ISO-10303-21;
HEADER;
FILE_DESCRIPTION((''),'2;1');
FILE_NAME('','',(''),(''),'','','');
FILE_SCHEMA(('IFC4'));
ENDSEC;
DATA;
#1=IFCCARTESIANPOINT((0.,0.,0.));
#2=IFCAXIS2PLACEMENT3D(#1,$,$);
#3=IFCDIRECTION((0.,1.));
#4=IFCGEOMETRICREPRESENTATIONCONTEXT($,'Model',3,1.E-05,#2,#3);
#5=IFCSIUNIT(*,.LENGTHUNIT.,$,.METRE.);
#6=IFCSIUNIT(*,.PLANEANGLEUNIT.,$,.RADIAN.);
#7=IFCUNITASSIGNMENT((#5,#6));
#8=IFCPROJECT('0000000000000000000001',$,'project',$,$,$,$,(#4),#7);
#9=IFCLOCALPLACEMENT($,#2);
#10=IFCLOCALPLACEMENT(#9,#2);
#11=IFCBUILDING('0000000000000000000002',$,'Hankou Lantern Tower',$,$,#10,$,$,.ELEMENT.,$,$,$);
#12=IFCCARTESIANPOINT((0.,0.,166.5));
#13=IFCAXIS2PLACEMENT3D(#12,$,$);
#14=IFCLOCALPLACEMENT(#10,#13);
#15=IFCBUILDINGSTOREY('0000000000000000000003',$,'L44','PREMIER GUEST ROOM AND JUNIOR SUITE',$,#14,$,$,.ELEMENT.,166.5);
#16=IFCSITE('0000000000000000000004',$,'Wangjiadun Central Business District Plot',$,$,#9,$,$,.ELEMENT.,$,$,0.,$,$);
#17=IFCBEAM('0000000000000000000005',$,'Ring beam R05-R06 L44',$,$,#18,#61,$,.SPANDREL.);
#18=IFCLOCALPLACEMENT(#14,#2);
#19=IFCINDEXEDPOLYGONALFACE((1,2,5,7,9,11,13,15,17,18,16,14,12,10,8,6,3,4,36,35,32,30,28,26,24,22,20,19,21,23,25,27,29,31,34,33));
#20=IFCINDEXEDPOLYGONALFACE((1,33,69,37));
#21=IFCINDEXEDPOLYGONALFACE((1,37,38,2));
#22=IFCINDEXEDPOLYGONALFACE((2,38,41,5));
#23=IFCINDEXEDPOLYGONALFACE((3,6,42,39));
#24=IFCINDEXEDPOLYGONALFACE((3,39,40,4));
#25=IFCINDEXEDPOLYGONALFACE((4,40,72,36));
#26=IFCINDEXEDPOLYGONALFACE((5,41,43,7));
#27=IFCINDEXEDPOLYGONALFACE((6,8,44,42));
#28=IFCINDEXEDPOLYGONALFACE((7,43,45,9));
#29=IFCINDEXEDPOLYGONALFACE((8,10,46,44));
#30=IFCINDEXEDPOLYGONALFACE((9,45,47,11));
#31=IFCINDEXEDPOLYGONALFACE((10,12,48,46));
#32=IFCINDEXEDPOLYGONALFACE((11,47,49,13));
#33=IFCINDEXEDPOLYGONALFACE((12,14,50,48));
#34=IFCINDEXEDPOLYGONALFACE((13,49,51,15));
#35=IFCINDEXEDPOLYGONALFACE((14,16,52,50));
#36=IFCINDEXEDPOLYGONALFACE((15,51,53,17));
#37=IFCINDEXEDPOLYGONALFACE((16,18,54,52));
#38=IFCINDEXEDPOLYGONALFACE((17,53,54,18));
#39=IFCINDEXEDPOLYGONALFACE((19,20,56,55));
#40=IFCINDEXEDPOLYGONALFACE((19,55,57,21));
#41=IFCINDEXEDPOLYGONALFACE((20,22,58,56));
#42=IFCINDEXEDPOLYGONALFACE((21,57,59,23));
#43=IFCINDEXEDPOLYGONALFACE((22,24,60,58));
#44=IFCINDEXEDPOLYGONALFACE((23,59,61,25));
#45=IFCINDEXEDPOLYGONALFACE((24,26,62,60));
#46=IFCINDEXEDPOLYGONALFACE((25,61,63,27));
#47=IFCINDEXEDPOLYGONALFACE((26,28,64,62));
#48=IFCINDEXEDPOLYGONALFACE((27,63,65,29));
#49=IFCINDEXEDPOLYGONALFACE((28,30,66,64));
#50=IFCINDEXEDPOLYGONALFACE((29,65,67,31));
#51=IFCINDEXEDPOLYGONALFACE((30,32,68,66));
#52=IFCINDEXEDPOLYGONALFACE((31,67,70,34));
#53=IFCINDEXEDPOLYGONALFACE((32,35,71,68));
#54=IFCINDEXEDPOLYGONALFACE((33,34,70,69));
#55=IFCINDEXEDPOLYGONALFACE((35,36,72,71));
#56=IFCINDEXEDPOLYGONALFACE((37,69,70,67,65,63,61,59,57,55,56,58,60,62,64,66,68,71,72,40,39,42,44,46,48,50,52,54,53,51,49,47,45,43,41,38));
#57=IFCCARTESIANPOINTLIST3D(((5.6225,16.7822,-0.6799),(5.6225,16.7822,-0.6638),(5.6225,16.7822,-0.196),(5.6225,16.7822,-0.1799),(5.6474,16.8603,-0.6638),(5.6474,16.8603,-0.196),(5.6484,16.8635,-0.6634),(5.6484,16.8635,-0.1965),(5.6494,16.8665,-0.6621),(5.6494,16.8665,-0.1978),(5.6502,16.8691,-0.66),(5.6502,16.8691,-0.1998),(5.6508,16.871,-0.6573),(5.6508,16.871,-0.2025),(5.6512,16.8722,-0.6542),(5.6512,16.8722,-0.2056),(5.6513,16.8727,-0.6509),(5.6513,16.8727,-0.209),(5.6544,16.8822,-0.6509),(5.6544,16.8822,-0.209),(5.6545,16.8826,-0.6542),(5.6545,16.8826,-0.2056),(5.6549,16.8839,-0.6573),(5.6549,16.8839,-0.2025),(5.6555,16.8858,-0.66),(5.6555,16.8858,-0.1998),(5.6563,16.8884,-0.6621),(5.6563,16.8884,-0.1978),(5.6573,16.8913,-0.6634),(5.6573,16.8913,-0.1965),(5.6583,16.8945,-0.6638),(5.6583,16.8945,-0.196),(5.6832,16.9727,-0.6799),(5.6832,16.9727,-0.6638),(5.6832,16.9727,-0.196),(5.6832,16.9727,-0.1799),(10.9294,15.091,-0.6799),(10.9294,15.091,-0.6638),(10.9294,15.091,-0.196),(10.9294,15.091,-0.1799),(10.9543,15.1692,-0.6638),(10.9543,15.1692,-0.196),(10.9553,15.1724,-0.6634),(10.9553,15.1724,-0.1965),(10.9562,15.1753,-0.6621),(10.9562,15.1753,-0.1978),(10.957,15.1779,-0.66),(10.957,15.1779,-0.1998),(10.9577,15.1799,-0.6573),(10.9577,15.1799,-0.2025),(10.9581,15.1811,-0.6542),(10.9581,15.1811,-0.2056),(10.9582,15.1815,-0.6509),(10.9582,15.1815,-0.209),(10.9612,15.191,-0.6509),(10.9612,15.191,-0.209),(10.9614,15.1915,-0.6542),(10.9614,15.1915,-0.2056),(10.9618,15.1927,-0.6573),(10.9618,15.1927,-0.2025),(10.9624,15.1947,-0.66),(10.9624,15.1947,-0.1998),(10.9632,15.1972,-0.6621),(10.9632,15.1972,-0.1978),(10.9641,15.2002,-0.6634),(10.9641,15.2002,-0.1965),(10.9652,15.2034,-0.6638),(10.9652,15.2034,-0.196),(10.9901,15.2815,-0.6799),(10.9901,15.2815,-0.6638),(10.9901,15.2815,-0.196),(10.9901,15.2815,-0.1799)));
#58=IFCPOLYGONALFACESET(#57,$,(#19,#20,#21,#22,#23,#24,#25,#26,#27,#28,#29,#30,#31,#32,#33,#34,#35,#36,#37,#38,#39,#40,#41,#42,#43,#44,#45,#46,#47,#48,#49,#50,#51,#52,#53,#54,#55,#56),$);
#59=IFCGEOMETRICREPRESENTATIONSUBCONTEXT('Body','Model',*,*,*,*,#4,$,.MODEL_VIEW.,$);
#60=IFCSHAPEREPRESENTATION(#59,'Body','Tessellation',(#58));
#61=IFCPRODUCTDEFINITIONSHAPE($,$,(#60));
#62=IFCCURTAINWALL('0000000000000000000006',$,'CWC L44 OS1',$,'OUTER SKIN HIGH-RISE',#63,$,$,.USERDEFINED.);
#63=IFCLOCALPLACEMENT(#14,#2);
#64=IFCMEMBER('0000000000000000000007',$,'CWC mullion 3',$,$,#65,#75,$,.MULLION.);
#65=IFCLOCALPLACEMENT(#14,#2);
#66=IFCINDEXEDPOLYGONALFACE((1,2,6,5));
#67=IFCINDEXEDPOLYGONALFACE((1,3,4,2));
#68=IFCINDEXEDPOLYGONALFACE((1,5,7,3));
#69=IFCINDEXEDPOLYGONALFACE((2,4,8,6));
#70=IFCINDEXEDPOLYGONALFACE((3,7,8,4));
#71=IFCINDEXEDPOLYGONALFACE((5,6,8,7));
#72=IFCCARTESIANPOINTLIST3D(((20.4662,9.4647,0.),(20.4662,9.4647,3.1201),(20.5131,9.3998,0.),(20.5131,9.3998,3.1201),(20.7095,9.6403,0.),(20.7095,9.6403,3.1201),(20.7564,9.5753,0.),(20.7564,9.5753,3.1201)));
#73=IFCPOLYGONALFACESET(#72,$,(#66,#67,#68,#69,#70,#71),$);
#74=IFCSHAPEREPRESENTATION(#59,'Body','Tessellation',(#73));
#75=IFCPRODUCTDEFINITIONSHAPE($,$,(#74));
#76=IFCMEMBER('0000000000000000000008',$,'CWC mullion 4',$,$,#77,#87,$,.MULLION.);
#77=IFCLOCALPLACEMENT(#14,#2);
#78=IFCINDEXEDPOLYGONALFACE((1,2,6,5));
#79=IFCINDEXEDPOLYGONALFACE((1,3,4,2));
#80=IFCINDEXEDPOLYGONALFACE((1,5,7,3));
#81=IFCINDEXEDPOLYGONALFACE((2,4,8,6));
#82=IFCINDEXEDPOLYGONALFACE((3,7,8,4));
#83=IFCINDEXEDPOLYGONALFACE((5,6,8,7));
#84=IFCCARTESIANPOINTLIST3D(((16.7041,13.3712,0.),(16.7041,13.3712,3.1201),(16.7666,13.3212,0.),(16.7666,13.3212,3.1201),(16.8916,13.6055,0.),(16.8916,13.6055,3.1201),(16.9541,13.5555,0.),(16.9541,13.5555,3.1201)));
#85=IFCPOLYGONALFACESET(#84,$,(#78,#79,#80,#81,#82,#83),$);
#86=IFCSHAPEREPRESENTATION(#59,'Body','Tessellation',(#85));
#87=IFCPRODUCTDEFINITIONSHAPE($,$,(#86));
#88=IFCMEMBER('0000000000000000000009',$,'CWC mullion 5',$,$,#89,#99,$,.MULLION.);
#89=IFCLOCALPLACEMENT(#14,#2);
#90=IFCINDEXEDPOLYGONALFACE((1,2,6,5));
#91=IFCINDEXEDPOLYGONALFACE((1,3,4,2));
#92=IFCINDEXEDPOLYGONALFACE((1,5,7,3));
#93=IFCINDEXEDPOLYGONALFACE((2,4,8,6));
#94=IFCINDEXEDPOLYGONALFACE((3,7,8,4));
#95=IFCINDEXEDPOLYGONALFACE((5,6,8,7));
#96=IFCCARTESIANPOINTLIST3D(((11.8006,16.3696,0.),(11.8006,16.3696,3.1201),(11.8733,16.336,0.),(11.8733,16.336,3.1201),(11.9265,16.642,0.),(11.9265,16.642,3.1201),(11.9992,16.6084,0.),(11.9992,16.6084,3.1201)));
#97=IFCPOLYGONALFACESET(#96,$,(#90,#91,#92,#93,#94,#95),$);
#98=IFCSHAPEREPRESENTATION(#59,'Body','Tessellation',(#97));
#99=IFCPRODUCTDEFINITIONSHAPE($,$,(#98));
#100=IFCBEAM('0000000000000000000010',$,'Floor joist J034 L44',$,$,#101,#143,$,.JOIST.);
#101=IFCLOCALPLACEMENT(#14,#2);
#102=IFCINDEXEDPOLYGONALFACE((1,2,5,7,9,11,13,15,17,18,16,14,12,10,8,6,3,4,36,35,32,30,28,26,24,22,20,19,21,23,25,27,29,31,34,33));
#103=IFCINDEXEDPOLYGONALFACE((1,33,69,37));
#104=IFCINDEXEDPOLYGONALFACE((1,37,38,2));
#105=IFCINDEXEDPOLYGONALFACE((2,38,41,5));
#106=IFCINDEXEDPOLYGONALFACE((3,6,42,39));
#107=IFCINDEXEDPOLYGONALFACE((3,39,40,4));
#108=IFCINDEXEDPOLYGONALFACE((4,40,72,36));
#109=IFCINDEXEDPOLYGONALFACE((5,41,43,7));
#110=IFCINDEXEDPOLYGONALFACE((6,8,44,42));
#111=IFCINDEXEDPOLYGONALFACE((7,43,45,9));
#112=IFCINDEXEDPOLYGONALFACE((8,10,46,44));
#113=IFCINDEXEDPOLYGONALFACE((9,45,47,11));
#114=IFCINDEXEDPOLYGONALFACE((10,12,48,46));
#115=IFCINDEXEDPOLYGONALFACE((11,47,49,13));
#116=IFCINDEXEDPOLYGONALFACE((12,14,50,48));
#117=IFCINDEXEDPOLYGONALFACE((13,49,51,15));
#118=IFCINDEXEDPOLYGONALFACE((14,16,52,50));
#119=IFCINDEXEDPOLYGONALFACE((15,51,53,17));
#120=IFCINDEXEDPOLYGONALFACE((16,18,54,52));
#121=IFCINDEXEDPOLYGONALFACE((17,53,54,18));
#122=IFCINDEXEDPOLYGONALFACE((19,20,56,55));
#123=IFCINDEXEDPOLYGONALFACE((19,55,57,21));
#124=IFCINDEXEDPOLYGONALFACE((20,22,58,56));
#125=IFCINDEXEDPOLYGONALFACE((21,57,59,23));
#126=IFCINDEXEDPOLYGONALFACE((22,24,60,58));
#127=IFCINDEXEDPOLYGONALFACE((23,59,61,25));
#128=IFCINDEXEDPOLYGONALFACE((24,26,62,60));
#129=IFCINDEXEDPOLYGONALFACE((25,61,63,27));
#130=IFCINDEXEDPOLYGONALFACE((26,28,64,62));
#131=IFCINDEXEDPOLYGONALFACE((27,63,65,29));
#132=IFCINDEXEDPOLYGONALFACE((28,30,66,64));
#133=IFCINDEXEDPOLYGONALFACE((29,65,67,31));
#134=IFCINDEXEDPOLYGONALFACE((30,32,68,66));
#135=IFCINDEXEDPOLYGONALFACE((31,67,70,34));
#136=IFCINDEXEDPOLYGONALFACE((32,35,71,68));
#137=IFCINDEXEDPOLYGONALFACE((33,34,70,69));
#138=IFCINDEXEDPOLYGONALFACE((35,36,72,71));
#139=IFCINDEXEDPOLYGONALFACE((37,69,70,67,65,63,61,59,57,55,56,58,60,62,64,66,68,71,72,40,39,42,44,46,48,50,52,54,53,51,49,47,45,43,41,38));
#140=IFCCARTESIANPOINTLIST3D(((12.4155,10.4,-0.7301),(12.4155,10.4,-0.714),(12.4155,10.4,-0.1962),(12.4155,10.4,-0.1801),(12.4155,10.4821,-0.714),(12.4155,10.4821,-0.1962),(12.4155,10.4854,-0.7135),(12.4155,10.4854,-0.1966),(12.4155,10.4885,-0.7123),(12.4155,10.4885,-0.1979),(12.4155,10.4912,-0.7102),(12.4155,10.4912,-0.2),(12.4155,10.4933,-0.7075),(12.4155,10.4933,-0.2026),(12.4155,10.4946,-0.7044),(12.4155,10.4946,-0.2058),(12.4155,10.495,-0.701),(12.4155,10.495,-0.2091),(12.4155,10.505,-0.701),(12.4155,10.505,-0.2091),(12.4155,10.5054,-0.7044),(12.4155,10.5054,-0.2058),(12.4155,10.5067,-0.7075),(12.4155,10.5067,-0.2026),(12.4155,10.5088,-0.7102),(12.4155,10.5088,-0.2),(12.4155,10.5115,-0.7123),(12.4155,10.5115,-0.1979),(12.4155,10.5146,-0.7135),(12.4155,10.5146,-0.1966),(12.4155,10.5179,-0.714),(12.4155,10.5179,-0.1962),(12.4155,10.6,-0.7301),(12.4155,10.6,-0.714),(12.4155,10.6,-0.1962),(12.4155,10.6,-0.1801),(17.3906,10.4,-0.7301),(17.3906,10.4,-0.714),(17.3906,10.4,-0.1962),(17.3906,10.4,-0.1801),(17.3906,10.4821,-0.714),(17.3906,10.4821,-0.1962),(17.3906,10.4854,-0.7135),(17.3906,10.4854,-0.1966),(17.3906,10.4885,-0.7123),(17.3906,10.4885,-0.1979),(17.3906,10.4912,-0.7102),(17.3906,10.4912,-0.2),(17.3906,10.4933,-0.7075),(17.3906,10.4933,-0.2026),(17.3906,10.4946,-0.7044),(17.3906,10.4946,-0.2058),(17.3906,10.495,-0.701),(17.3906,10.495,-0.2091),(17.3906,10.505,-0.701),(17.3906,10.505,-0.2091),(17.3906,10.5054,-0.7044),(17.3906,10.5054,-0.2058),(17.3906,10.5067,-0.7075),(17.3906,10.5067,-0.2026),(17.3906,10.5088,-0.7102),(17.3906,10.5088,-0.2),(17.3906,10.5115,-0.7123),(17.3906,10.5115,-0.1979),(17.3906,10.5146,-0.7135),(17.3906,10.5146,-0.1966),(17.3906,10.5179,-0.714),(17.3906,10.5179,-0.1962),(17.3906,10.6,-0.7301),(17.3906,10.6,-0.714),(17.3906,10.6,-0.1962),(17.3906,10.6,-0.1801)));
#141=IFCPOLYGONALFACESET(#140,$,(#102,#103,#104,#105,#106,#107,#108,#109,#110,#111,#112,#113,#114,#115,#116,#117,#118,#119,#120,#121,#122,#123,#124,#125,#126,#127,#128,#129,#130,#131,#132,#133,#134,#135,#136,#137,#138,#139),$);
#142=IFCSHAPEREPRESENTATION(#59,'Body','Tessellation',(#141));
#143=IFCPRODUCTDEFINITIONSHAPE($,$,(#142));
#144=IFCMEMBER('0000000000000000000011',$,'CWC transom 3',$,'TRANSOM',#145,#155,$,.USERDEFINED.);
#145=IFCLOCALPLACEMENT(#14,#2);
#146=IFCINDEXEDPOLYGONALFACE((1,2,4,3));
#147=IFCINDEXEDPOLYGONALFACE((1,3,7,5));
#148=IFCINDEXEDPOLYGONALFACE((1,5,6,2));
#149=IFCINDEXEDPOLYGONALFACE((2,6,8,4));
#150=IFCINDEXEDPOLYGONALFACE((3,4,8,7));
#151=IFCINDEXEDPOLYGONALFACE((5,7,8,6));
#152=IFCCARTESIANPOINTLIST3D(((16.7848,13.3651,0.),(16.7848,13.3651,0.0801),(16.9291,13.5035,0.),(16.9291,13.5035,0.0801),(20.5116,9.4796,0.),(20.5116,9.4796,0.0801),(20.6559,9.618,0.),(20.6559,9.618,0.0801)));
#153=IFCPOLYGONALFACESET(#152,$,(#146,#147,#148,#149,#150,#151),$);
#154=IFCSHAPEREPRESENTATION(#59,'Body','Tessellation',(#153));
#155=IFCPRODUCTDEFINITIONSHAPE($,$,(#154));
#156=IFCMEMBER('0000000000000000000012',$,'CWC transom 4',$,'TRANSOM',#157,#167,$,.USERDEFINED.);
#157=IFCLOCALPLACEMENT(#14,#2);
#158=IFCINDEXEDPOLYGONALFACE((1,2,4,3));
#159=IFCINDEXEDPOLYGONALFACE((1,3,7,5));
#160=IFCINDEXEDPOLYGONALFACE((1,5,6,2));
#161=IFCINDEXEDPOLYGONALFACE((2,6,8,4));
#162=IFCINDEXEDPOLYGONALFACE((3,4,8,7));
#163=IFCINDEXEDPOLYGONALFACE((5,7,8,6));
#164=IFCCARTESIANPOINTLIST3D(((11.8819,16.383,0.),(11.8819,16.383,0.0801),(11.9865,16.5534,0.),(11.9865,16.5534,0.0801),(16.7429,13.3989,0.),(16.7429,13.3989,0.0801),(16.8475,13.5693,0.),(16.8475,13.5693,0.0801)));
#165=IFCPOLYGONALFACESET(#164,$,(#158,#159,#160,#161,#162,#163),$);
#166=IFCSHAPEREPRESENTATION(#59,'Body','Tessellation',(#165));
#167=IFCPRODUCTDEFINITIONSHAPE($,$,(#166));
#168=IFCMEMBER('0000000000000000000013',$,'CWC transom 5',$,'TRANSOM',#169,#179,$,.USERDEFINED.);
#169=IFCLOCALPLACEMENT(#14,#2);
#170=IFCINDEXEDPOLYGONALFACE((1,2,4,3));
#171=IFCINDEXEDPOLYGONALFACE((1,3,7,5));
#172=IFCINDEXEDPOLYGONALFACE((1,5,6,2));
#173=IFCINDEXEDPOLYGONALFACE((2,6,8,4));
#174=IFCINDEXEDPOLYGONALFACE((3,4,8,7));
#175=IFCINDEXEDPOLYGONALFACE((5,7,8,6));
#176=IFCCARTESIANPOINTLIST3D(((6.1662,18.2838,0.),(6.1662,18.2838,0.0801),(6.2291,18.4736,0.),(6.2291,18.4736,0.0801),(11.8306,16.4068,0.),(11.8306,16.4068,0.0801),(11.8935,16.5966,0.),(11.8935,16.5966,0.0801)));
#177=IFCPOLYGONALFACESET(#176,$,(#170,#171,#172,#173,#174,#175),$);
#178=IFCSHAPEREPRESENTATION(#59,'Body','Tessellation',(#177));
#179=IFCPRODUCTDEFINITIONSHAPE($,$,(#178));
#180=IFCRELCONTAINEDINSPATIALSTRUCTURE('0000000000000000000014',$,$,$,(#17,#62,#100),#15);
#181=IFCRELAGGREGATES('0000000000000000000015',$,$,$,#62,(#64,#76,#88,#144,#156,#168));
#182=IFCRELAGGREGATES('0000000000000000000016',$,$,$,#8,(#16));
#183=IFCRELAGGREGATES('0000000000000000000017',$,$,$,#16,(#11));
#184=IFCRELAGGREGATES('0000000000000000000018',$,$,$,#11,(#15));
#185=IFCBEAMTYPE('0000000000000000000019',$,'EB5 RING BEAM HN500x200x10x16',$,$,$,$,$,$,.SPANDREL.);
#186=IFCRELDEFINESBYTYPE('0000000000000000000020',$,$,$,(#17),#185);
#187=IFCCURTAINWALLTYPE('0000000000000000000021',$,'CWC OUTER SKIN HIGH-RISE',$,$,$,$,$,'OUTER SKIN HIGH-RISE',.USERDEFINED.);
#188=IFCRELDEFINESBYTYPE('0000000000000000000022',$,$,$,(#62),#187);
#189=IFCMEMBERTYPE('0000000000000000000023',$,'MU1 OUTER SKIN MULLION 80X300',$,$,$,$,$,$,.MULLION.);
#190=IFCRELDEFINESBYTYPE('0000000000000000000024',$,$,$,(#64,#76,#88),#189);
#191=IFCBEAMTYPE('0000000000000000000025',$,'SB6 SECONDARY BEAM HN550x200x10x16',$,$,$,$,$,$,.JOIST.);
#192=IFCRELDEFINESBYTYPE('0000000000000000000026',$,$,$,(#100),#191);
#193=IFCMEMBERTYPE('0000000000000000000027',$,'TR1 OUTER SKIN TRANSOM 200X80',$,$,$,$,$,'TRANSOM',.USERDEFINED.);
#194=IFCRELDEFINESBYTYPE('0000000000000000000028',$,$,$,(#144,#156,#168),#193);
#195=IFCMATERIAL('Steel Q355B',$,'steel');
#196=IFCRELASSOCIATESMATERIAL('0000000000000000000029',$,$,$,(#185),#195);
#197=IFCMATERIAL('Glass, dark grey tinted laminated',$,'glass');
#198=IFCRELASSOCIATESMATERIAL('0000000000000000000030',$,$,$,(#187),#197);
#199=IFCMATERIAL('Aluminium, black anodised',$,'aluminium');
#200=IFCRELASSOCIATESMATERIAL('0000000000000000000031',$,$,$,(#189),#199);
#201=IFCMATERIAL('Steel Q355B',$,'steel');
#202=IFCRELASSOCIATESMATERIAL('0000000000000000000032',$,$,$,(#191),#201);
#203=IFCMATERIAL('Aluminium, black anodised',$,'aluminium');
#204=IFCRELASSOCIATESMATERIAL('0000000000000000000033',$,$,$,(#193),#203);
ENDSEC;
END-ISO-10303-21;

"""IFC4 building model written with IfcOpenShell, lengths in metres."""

from ifc_helpers import new_model, si_unit, direction, frame, origin, origin_2d, place, context, subcontext, project, spatial, rectangle, i_section, extrude, material, material_profile, profile_set, type_object, element, aggregate, save


model = new_model("IFC4")

# Units and contexts
model_context = context("Model", 3, precision=1e-05, world=origin(), true_north=direction((0.0, 1.0)))
body_context = subcontext(model_context, "Body", "Model", "MODEL_VIEW")
ifc_project = project(units=[si_unit("LENGTHUNIT", "METRE"), si_unit("PLANEANGLEUNIT", "RADIAN")], contexts=[model_context])

# Site, building, storey
site_placement = place(None, origin())
site = spatial("IfcSite", under=ifc_project, at=site_placement, Name="Wangjiadun Central Business District Plot", CompositionType="ELEMENT", RefElevation=0.0)
building_placement = place(site_placement, origin())
building = spatial("IfcBuilding", under=site, at=building_placement, Name="Hankou Lantern Tower", CompositionType="ELEMENT")
storey_placement = place(building_placement, frame((0.0, 0.0, 166.5)))
storey = spatial("IfcBuildingStorey", under=building, at=storey_placement, Name="L44", Description="PREMIER GUEST ROOM AND JUNIOR SUITE", CompositionType="ELEMENT", Elevation=166.5)

# Beam
ifc_material_1 = material(Name="Steel Q355B", Category="steel")
ifc_material_profile_1 = material_profile(ifc_material_1, i_section(OverallWidth=0.2, OverallDepth=0.5, WebThickness=0.01, FlangeThickness=0.0161, FilletRadius=0.0129, at=origin_2d()), Name="HN500x200x10x16")
ifc_profile_set_1 = profile_set([ifc_material_profile_1], Name="Steel Q355B")
beam_type_1 = type_object("IfcBeamType", Name="EB5 RING BEAM HN500x200x10x16", PredefinedType="SPANDREL", material=ifc_profile_set_1)
beam_1_placement = place(storey_placement, frame((10.9597, 15.1863, -0.4299), z_axis=(-0.95279, 0.303629, 0.0), x_axis=(-0.303629, -0.95279, 0.0)))
element("IfcBeam", 1, at=beam_1_placement, inside=storey, type_object=beam_type_1, Name="Ring beam R05-R06 L44", PredefinedType="SPANDREL", context=body_context, shape_type="SweptSolid", body=[
    extrude(i_section(OverallWidth=0.2, OverallDepth=0.5, WebThickness=0.01, FlangeThickness=0.0161, FilletRadius=0.0129, at=origin_2d()), origin(), (0.0, 0.0, 1.0), 5.5698),
])

# Curtain wall, members
ifc_material_2 = material(Name="Glass, dark grey tinted laminated", Category="glass")
curtain_wall_type = type_object("IfcCurtainWallType", Name="CWC OUTER SKIN HIGH-RISE", ElementType="OUTER SKIN HIGH-RISE", PredefinedType="USERDEFINED", material=ifc_material_2)
curtain_wall_placement = place(storey_placement, origin())
curtain_wall = element("IfcCurtainWall", 2, at=curtain_wall_placement, inside=storey, type_object=curtain_wall_type, Name="CWC L44 OS1", ObjectType="OUTER SKIN HIGH-RISE", PredefinedType="USERDEFINED")
ifc_material_3 = material(Name="Aluminium, black anodised", Category="aluminium")
ifc_material_profile_2 = material_profile(ifc_material_3, rectangle(XDim=0.0801, YDim=0.3, at=origin_2d()), Name="MU1 80X300")
ifc_profile_set_2 = profile_set([ifc_material_profile_2], Name="Aluminium, black anodised")
member_type_1 = type_object("IfcMemberType", Name="MU1 OUTER SKIN MULLION 80X300", PredefinedType="MULLION", material=ifc_profile_set_2)
member_1_placement = place(storey_placement, frame((20.6113, 9.52, 0.0), z_axis=(0.0, 0.0, 1.0), x_axis=(-0.585206, 0.810885, 0.0)))
member_1 = element("IfcMember", 3, at=member_1_placement, type_object=member_type_1, Name="CWC mullion 3", PredefinedType="MULLION", context=body_context, shape_type="SweptSolid", body=[
    extrude(rectangle(XDim=0.0801, YDim=0.3, at=origin_2d()), origin(), (0.0, 0.0, 1.0), 3.1201),
])
member_2_placement = place(storey_placement, frame((16.8291, 13.4634, 0.0), z_axis=(0.0, 0.0, 1.0), x_axis=(-0.780869, 0.624695, 0.0)))
member_2 = element("IfcMember", 4, at=member_2_placement, type_object=member_type_1, Name="CWC mullion 4", PredefinedType="MULLION", context=body_context, shape_type="SweptSolid", body=[
    extrude(rectangle(XDim=0.0801, YDim=0.3, at=origin_2d()), origin(), (0.0, 0.0, 1.0), 3.1201),
])
member_3_placement = place(storey_placement, frame((11.8999, 16.489, 0.0), z_axis=(0.0, 0.0, 1.0), x_axis=(-0.907841, 0.419314, 0.0)))
member_3 = element("IfcMember", 5, at=member_3_placement, type_object=member_type_1, Name="CWC mullion 5", PredefinedType="MULLION", context=body_context, shape_type="SweptSolid", body=[
    extrude(rectangle(XDim=0.0801, YDim=0.3, at=origin_2d()), origin(), (0.0, 0.0, 1.0), 3.1201),
])

# Beam
ifc_material_4 = material(Name="Steel Q355B", Category="steel")
ifc_material_profile_3 = material_profile(ifc_material_4, i_section(OverallWidth=0.2, OverallDepth=0.55, WebThickness=0.01, FlangeThickness=0.0161, FilletRadius=0.0129, at=origin_2d()), Name="HN550x200x10x16")
ifc_profile_set_3 = profile_set([ifc_material_profile_3], Name="Steel Q355B")
beam_type_2 = type_object("IfcBeamType", Name="SB6 SECONDARY BEAM HN550x200x10x16", PredefinedType="JOIST", material=ifc_profile_set_3)
beam_2_placement = place(storey_placement, frame((12.4155, 10.5, -0.4551), z_axis=(1.0, 0.0, 0.0), x_axis=(0.0, 1.0, 0.0)))
element("IfcBeam", 6, at=beam_2_placement, inside=storey, type_object=beam_type_2, Name="Floor joist J034 L44", PredefinedType="JOIST", context=body_context, shape_type="SweptSolid", body=[
    extrude(i_section(OverallWidth=0.2, OverallDepth=0.55, WebThickness=0.01, FlangeThickness=0.0161, FilletRadius=0.0129, at=origin_2d()), origin(), (0.0, 0.0, 1.0), 4.9751),
])

# Members
ifc_material_5 = material(Name="Aluminium, black anodised", Category="aluminium")
ifc_material_profile_4 = material_profile(ifc_material_5, rectangle(XDim=0.2, YDim=0.0801, at=origin_2d()), Name="TR1 200X80")
ifc_profile_set_4 = profile_set([ifc_material_profile_4], Name="Aluminium, black anodised")
member_type_2 = type_object("IfcMemberType", Name="TR1 OUTER SKIN TRANSOM 200X80", ElementType="TRANSOM", PredefinedType="USERDEFINED", material=ifc_profile_set_4)
member_4_placement = place(storey_placement, frame((20.5837, 9.5488, 0.04), z_axis=(-0.692216, 0.721691, 0.0), x_axis=(-0.721691, -0.692216, 0.0)))
member_4 = element("IfcMember", 7, at=member_4_placement, type_object=member_type_2, Name="CWC transom 3", ObjectType="TRANSOM", PredefinedType="USERDEFINED", context=body_context, shape_type="SweptSolid", body=[
    extrude(rectangle(XDim=0.2, YDim=0.0801, at=origin_2d()), origin(), (0.0, 0.0, 1.0), 5.3838),
])
member_5_placement = place(storey_placement, frame((16.7952, 13.4841, 0.04), z_axis=(-0.852229, 0.523168, 0.0), x_axis=(-0.523168, -0.852229, 0.0)))
member_5 = element("IfcMember", 8, at=member_5_placement, type_object=member_type_2, Name="CWC transom 4", ObjectType="TRANSOM", PredefinedType="USERDEFINED", context=body_context, shape_type="SweptSolid", body=[
    extrude(rectangle(XDim=0.2, YDim=0.0801, at=origin_2d()), origin(), (0.0, 0.0, 1.0), 5.7039),
])
member_6_placement = place(storey_placement, frame((11.8621, 16.5017, 0.04), z_axis=(-0.949242, 0.314546, 0.0), x_axis=(-0.314546, -0.949242, 0.0)))
member_6 = element("IfcMember", 9, at=member_6_placement, type_object=member_type_2, Name="CWC transom 5", ObjectType="TRANSOM", PredefinedType="USERDEFINED", context=body_context, shape_type="SweptSolid", body=[
    extrude(rectangle(XDim=0.2, YDim=0.0801, at=origin_2d()), origin(), (0.0, 0.0, 1.0), 5.9673),
])

aggregate(curtain_wall, [member_1, member_2, member_3, member_4, member_5, member_6])

save(model, "model.ifc")
